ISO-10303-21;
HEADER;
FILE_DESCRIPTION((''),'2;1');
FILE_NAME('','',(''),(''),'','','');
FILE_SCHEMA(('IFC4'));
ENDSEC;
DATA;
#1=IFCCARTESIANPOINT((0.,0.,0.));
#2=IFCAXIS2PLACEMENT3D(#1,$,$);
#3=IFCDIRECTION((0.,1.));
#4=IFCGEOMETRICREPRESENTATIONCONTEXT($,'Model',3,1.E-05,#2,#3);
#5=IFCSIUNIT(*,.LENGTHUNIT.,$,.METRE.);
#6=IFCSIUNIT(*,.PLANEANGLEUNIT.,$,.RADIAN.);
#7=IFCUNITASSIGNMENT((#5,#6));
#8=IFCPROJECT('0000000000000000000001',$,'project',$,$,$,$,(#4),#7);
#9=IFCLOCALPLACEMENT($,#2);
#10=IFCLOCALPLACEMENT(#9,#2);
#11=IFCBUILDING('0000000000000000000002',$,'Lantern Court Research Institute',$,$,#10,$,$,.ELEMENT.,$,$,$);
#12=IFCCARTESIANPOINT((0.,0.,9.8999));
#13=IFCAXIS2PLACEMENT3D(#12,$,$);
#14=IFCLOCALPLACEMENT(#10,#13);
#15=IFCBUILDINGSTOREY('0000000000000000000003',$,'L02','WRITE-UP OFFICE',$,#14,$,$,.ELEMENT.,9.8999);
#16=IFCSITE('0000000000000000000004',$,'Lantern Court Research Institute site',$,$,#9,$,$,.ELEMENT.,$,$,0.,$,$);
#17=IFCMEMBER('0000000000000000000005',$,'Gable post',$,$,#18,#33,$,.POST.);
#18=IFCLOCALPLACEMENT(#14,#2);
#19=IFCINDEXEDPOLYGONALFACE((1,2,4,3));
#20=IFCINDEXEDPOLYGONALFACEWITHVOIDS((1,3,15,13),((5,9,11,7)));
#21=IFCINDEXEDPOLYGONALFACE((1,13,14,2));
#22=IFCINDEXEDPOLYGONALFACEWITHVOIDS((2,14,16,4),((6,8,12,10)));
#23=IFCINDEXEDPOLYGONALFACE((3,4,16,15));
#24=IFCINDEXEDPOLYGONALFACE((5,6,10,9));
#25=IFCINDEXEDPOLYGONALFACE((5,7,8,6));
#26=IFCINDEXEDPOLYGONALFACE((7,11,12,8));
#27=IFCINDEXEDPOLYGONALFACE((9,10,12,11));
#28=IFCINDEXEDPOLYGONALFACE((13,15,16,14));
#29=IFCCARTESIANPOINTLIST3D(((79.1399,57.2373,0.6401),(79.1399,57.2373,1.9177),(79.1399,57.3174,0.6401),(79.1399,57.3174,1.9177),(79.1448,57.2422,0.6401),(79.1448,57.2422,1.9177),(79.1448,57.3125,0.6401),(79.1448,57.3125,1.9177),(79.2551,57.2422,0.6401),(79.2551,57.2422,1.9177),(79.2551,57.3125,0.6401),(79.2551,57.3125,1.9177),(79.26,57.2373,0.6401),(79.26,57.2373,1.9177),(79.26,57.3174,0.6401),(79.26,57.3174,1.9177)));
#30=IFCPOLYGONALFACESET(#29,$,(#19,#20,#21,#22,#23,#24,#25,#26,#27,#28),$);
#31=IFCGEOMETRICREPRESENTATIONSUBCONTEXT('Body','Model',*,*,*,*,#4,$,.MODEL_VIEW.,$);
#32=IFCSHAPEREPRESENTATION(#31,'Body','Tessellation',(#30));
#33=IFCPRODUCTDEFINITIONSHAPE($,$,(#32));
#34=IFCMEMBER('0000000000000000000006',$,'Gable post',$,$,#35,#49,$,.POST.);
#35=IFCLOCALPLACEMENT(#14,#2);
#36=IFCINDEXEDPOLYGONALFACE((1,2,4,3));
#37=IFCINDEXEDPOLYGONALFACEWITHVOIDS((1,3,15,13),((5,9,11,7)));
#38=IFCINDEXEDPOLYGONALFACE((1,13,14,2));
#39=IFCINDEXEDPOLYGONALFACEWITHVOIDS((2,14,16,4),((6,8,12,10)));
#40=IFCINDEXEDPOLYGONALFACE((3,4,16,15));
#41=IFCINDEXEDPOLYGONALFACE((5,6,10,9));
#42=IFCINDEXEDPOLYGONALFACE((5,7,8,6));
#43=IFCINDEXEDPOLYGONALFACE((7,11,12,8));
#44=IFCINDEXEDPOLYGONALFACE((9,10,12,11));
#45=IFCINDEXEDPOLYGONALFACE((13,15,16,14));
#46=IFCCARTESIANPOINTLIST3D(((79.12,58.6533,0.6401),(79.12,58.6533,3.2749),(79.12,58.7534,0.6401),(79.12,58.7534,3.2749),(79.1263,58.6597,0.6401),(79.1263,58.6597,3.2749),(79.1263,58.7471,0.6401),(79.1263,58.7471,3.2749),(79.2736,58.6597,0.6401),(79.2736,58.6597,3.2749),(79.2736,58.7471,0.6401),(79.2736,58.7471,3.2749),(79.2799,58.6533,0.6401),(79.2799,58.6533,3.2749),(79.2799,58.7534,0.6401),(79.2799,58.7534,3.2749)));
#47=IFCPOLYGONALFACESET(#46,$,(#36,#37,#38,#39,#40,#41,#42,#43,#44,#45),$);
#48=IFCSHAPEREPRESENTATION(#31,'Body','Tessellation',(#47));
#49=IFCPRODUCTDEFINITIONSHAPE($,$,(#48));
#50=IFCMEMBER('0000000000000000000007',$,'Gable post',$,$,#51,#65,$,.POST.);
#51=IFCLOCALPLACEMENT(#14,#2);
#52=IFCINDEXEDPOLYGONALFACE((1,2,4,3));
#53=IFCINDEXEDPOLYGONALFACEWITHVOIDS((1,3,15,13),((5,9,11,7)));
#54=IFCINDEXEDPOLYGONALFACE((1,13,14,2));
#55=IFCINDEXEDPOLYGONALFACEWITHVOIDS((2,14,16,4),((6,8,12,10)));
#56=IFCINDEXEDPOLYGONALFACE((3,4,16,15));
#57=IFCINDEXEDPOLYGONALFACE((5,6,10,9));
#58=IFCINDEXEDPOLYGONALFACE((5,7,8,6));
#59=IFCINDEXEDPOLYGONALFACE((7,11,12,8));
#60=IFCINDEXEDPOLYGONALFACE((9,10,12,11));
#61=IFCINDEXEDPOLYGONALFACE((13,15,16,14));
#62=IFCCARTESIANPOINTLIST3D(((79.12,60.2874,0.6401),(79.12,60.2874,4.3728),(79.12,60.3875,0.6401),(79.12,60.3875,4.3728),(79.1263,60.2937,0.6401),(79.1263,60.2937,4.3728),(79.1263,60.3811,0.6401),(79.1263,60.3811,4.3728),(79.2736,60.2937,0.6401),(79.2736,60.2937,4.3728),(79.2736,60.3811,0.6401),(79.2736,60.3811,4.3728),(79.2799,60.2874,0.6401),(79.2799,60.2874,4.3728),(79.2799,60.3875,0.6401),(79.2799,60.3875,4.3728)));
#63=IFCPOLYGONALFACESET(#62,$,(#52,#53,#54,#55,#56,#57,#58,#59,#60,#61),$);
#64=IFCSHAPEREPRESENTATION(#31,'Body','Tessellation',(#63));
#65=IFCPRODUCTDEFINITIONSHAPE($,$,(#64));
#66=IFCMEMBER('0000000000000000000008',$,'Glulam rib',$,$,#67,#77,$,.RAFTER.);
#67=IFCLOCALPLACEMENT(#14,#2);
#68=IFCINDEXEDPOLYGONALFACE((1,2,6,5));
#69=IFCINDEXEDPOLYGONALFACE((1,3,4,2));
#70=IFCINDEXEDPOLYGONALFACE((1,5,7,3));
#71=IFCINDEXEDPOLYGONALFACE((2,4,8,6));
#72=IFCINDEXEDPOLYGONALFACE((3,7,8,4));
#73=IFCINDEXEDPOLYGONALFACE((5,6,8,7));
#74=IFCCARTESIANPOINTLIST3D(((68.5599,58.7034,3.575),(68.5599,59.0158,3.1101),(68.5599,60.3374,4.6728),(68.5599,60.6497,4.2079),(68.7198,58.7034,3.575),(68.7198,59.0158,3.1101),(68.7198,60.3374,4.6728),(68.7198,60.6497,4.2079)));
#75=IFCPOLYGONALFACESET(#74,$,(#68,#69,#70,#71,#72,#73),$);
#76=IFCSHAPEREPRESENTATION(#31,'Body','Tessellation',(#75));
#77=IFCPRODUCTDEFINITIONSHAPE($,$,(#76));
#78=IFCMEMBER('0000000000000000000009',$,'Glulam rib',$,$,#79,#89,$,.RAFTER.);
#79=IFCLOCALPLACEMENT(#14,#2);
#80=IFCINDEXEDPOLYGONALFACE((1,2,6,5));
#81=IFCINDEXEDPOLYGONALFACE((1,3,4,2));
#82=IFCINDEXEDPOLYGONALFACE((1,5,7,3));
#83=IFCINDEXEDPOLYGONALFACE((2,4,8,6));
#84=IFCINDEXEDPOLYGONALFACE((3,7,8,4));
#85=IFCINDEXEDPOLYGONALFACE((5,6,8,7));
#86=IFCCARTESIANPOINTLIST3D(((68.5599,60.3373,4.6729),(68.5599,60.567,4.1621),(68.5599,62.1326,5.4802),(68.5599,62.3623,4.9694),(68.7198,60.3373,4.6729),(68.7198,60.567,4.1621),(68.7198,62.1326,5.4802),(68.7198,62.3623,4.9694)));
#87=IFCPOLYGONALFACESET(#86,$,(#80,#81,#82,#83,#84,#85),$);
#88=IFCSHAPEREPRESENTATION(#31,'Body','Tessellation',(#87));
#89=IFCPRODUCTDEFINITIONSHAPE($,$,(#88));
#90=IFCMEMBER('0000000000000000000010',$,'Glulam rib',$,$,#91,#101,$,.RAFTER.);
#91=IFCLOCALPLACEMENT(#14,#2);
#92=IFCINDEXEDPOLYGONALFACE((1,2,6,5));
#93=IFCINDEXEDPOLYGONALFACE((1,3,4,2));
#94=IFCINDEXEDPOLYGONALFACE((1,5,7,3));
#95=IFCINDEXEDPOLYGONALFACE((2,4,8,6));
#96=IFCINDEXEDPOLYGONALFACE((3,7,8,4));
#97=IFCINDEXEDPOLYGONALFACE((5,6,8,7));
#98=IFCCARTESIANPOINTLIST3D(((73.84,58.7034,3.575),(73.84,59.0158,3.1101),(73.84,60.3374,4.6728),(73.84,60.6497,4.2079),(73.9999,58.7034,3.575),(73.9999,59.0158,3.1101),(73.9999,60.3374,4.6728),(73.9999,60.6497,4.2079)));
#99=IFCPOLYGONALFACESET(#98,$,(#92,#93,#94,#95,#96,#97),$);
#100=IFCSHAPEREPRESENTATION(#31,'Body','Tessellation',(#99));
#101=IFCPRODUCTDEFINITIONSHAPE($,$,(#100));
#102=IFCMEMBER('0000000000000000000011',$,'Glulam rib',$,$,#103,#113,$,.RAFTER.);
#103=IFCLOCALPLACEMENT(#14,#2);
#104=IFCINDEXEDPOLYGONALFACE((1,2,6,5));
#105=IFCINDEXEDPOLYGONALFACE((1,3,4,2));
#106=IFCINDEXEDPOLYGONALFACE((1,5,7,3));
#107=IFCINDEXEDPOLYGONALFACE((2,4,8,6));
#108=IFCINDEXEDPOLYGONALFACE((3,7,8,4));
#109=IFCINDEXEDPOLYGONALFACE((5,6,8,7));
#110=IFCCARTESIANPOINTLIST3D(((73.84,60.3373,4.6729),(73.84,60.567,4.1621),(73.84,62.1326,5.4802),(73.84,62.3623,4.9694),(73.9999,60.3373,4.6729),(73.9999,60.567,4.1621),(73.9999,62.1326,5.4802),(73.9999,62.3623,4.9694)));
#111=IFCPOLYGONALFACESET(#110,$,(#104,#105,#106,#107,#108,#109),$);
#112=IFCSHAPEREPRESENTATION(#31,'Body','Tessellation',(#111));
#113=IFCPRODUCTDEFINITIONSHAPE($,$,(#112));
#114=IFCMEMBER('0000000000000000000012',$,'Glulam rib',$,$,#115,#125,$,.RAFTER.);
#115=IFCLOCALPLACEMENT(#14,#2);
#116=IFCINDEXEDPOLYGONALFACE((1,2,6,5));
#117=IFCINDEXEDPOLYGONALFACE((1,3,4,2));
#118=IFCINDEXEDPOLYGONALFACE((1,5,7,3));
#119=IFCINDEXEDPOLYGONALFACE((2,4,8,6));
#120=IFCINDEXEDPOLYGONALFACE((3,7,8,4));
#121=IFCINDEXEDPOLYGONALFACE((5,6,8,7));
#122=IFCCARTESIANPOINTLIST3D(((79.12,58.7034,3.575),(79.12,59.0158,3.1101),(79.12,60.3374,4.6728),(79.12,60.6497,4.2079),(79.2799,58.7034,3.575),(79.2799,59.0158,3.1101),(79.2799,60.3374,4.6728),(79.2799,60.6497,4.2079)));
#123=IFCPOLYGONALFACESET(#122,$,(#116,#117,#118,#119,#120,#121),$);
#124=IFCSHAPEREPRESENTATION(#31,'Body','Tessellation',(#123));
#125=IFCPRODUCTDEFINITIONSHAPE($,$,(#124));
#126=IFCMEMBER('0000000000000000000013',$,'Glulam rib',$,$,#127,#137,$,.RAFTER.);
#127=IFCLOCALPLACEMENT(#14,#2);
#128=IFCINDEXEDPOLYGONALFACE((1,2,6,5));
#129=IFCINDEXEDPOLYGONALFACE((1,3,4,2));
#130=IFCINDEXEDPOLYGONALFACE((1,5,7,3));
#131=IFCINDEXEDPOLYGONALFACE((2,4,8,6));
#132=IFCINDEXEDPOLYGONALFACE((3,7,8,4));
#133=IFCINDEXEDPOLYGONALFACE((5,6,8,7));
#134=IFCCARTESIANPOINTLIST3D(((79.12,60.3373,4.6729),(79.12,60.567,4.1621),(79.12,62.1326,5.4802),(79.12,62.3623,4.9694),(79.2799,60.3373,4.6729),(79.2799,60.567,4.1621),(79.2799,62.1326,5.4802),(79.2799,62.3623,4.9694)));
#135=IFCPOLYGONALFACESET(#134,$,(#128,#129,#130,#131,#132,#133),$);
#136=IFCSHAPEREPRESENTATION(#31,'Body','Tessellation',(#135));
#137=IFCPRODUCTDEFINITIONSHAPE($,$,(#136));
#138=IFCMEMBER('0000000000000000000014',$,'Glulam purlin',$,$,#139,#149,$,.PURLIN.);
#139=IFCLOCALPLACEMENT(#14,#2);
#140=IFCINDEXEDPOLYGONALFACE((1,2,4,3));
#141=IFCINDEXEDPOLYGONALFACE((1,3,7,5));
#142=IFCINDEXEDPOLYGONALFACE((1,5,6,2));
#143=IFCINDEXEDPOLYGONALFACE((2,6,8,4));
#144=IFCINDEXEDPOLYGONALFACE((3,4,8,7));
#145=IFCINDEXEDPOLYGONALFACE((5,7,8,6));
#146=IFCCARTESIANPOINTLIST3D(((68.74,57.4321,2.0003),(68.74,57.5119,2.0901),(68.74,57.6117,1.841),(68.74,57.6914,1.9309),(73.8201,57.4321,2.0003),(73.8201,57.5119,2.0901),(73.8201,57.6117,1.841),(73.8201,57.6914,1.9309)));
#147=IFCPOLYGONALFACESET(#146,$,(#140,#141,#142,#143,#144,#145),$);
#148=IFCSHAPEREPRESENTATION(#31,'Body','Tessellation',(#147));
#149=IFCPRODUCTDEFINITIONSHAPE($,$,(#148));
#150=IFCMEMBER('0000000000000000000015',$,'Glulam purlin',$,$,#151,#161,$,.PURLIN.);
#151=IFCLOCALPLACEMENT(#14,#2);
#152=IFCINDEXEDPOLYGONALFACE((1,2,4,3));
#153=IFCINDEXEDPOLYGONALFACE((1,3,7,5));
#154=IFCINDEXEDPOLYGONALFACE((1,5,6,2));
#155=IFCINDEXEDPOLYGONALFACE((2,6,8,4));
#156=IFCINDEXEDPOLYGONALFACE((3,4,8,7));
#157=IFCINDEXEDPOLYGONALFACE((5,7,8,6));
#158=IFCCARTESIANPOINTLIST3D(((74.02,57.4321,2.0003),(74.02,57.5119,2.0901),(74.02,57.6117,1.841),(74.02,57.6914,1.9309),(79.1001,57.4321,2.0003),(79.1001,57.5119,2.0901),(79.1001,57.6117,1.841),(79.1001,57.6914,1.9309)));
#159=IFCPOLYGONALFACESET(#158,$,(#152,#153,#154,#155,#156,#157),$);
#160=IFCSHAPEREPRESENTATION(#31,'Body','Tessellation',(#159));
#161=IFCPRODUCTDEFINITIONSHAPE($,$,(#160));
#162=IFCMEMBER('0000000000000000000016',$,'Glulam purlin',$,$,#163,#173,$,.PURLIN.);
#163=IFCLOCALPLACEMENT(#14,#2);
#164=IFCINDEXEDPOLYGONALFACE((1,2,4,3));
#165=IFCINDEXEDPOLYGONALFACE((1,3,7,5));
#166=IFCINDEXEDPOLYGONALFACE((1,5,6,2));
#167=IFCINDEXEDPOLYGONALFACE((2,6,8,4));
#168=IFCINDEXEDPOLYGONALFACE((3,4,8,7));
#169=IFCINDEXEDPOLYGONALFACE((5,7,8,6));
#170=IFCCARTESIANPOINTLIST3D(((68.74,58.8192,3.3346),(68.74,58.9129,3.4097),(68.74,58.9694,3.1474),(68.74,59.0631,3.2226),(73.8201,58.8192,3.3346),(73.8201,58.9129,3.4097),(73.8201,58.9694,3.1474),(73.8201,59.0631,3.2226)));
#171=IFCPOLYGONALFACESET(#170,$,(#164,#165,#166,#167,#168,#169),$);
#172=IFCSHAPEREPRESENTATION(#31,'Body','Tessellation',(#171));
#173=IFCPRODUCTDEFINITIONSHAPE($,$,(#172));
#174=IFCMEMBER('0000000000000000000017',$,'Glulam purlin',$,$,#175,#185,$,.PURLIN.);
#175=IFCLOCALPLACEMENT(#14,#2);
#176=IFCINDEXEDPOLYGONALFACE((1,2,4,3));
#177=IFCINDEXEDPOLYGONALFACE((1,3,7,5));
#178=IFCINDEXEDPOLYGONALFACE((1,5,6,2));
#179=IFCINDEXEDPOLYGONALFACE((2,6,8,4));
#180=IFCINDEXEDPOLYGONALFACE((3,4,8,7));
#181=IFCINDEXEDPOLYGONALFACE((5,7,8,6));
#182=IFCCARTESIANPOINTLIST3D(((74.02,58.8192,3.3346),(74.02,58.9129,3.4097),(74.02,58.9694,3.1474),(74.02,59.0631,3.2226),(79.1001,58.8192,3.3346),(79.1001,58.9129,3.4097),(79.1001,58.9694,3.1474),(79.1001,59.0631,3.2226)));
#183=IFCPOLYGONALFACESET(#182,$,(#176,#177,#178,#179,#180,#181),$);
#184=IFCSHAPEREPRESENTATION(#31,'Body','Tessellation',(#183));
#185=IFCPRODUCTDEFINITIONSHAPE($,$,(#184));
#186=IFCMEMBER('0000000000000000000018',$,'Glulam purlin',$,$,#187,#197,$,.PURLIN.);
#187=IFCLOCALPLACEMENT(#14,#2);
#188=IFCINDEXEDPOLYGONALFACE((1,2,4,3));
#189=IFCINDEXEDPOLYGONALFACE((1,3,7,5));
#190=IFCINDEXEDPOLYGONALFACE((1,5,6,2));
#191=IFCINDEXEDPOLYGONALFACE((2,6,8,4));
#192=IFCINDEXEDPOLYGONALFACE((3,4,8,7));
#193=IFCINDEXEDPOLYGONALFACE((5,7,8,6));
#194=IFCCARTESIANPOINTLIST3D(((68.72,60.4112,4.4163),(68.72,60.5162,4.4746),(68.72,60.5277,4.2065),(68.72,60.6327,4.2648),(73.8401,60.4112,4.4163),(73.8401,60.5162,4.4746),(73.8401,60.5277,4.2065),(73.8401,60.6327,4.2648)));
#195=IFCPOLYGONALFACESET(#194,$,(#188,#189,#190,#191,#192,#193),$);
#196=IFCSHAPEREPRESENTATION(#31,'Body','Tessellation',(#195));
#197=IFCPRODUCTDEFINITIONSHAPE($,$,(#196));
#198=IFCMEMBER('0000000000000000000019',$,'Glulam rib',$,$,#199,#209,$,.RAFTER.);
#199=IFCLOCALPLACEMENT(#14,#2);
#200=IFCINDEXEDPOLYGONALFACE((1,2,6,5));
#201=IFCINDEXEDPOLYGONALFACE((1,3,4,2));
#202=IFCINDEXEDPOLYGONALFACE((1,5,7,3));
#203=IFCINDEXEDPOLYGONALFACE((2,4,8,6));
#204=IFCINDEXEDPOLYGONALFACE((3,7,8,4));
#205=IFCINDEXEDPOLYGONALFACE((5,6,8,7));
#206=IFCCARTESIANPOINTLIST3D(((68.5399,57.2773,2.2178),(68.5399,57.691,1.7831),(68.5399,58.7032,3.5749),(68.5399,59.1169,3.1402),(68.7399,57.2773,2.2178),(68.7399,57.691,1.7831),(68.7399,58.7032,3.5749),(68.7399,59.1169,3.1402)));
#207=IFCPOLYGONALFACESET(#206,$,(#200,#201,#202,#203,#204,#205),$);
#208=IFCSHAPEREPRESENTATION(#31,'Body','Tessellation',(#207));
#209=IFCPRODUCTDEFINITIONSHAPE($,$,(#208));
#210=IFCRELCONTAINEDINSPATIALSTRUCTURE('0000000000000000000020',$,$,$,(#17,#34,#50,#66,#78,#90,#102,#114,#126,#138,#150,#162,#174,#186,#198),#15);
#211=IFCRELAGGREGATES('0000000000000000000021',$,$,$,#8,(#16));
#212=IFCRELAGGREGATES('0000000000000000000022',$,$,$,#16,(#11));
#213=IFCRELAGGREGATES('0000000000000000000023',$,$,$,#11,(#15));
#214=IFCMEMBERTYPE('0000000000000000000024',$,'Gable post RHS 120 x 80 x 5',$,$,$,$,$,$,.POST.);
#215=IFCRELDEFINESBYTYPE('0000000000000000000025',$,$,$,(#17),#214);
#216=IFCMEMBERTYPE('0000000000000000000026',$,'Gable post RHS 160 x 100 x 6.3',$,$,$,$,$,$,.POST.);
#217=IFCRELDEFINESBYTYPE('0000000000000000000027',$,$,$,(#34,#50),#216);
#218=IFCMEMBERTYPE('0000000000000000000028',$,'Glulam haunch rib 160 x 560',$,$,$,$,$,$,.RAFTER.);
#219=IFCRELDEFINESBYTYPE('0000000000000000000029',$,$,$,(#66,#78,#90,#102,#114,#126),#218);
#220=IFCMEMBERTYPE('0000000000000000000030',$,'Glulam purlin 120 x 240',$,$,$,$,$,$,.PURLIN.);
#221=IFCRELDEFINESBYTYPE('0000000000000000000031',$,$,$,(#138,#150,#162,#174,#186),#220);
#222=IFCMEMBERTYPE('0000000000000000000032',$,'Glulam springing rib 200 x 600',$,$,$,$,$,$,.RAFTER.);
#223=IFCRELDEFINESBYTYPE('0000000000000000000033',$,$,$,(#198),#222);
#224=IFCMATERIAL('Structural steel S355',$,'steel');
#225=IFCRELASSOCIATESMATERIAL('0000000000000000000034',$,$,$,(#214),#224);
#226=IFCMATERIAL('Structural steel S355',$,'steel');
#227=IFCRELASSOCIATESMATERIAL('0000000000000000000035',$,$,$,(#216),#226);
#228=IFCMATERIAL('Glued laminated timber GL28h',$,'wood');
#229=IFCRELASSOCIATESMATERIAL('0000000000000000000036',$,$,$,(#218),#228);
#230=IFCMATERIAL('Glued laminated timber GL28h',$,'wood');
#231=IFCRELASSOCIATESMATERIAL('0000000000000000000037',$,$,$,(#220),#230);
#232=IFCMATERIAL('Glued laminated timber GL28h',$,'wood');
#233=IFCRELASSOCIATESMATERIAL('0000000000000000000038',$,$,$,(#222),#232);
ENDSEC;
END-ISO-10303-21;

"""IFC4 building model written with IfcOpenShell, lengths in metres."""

from ifc_helpers import new_model, si_unit, direction, frame, origin, origin_2d, place, context, subcontext, project, spatial, rectangle, hollow_rectangle, extrude, material, material_profile, profile_set, type_object, element, save


model = new_model("IFC4")

# Units and contexts
model_context = context("Model", 3, precision=1e-05, world=origin(), true_north=direction((0.0, 1.0)))
body_context = subcontext(model_context, "Body", "Model", "MODEL_VIEW")
ifc_project = project(units=[si_unit("LENGTHUNIT", "METRE"), si_unit("PLANEANGLEUNIT", "RADIAN")], contexts=[model_context])

# Site, building, storey
site_placement = place(None, origin())
site = spatial("IfcSite", under=ifc_project, at=site_placement, Name="Lantern Court Research Institute site", CompositionType="ELEMENT", RefElevation=0.0)
building_placement = place(site_placement, origin())
building = spatial("IfcBuilding", under=site, at=building_placement, Name="Lantern Court Research Institute", CompositionType="ELEMENT")
storey_placement = place(building_placement, frame((0.0, 0.0, 9.8999)))
storey = spatial("IfcBuildingStorey", under=building, at=storey_placement, Name="L02", Description="WRITE-UP OFFICE", CompositionType="ELEMENT", Elevation=9.8999)

# Members
ifc_material_1 = material(Name="Structural steel S355", Category="steel")
ifc_material_profile_1 = material_profile(ifc_material_1, hollow_rectangle(XDim=0.1201, YDim=0.0801, WallThickness=0.0049, at=origin_2d()), Name="Gable post RHS 120 x 80 x 5")
ifc_profile_set_1 = profile_set([ifc_material_profile_1], Name="Structural steel S355")
member_type_1 = type_object("IfcMemberType", Name="Gable post RHS 120 x 80 x 5", PredefinedType="POST", material=ifc_profile_set_1)
member_1_placement = place(storey_placement, frame((79.2, 57.2773, 0.6401), z_axis=(0.0, 0.0, 1.0), x_axis=(1.0, 0.0, 0.0)))
element("IfcMember", 1, at=member_1_placement, inside=storey, type_object=member_type_1, Name="Gable post", PredefinedType="POST", context=body_context, shape_type="SweptSolid", body=[
    extrude(hollow_rectangle(XDim=0.1201, YDim=0.0801, WallThickness=0.0049, at=origin_2d()), origin(), (0.0, 0.0, 1.0), 1.2776),
])
ifc_material_2 = material(Name="Structural steel S355", Category="steel")
ifc_material_profile_2 = material_profile(ifc_material_2, hollow_rectangle(XDim=0.1599, YDim=0.1001, WallThickness=0.0063, at=origin_2d()), Name="Gable post RHS 160 x 100 x 6.3")
ifc_profile_set_2 = profile_set([ifc_material_profile_2], Name="Structural steel S355")
member_type_2 = type_object("IfcMemberType", Name="Gable post RHS 160 x 100 x 6.3", PredefinedType="POST", material=ifc_profile_set_2)
member_2_placement = place(storey_placement, frame((79.2, 58.7034, 0.6401), z_axis=(0.0, 0.0, 1.0), x_axis=(1.0, 0.0, 0.0)))
element("IfcMember", 2, at=member_2_placement, inside=storey, type_object=member_type_2, Name="Gable post", PredefinedType="POST", context=body_context, shape_type="SweptSolid", body=[
    extrude(hollow_rectangle(XDim=0.1599, YDim=0.1001, WallThickness=0.0063, at=origin_2d()), origin(), (0.0, 0.0, 1.0), 2.6348),
])
member_3_placement = place(storey_placement, frame((79.2, 60.3374, 0.6401), z_axis=(0.0, 0.0, 1.0), x_axis=(1.0, 0.0, 0.0)))
element("IfcMember", 3, at=member_3_placement, inside=storey, type_object=member_type_2, Name="Gable post", PredefinedType="POST", context=body_context, shape_type="SweptSolid", body=[
    extrude(hollow_rectangle(XDim=0.1599, YDim=0.1001, WallThickness=0.0063, at=origin_2d()), origin(), (0.0, 0.0, 1.0), 3.7327),
])
ifc_material_3 = material(Name="Glued laminated timber GL28h", Category="wood")
ifc_material_profile_3 = material_profile(ifc_material_3, rectangle(XDim=0.1599, YDim=0.5601, at=origin_2d()), Name="Glulam haunch rib 160 x 560")
ifc_profile_set_3 = profile_set([ifc_material_profile_3], Name="Glued laminated timber GL28h")
member_type_3 = type_object("IfcMemberType", Name="Glulam haunch rib 160 x 560", PredefinedType="RAFTER", material=ifc_profile_set_3)
for number, where, z_axis, x_axis, name in (
    (4, (68.6399, 58.8596, 3.3425), (0.0, 0.830042, 0.557702), (-1.0, 0.0, 0.0), "Glulam rib"),
    (5, (68.6399, 60.4521, 4.4175), (0.0, 0.912028, 0.410127), (-1.0, 0.0, 0.0), "Glulam rib"),
    (6, (73.9199, 58.8596, 3.3425), (0.0, 0.830042, 0.557702), (-1.0, 0.0, 0.0), "Glulam rib"),
    (7, (73.9199, 60.4521, 4.4175), (0.0, 0.912028, 0.410127), (-1.0, 0.0, 0.0), "Glulam rib"),
    (8, (79.2, 58.8596, 3.3425), (0.0, 0.830042, 0.557702), (-1.0, 0.0, 0.0), "Glulam rib"),
    (9, (79.2, 60.4521, 4.4175), (0.0, 0.912028, 0.410127), (-1.0, 0.0, 0.0), "Glulam rib"),
):
    element("IfcMember", number, at=place(storey_placement, frame(where, z_axis=z_axis, x_axis=x_axis)), inside=storey, type_object=member_type_3, Name=name, PredefinedType="RAFTER", context=body_context, shape_type="SweptSolid", body=[
        extrude(rectangle(XDim=0.1599, YDim=0.5601, at=origin_2d()), origin(), (0.0, 0.0, 1.0), 1.9685),
    ])
ifc_material_4 = material(Name="Glued laminated timber GL28h", Category="wood")
ifc_material_profile_4 = material_profile(ifc_material_4, rectangle(XDim=0.1201, YDim=0.24, at=origin_2d()), Name="Glulam purlin 120 x 240")
ifc_profile_set_4 = profile_set([ifc_material_profile_4], Name="Glued laminated timber GL28h")
member_type_4 = type_object("IfcMemberType", Name="Glulam purlin 120 x 240", PredefinedType="PURLIN", material=ifc_profile_set_4)
for number, where, z_axis, x_axis, name in (
    (10, (68.74, 57.5618, 1.9656), (1.0, 0.0, 0.0), (0.0, 0.663608, 0.74808), "Glulam purlin"),
    (11, (74.02, 57.5618, 1.9656), (1.0, 0.0, 0.0), (0.0, 0.663608, 0.74808), "Glulam purlin"),
    (12, (68.74, 58.9412, 3.2786), (1.0, 0.0, 0.0), (0.0, 0.779999, 0.62578), "Glulam purlin"),
    (13, (74.02, 58.9412, 3.2786), (1.0, 0.0, 0.0), (0.0, 0.779999, 0.62578), "Glulam purlin"),
):
    element("IfcMember", number, at=place(storey_placement, frame(where, z_axis=z_axis, x_axis=x_axis)), inside=storey, type_object=member_type_4, Name=name, PredefinedType="PURLIN", context=body_context, shape_type="SweptSolid", body=[
        extrude(rectangle(XDim=0.1201, YDim=0.24, at=origin_2d()), origin(), (0.0, 0.0, 1.0), 5.0801),
    ])
member_4_placement = place(storey_placement, frame((68.72, 60.522, 4.3406), z_axis=(1.0, 0.0, 0.0), x_axis=(0.0, 0.874157, 0.485643)))
element("IfcMember", 14, at=member_4_placement, inside=storey, type_object=member_type_4, Name="Glulam purlin", PredefinedType="PURLIN", context=body_context, shape_type="SweptSolid", body=[
    extrude(rectangle(XDim=0.1201, YDim=0.24, at=origin_2d()), origin(), (0.0, 0.0, 1.0), 5.1201),
])
ifc_material_5 = material(Name="Glued laminated timber GL28h", Category="wood")
ifc_material_profile_5 = material_profile(ifc_material_5, rectangle(XDim=0.2, YDim=0.6001, at=origin_2d()), Name="Glulam springing rib 200 x 600")
ifc_profile_set_5 = profile_set([ifc_material_profile_5], Name="Glued laminated timber GL28h")
member_type_5 = type_object("IfcMemberType", Name="Glulam springing rib 200 x 600", PredefinedType="RAFTER", material=ifc_profile_set_5)
for number, where, z_axis, x_axis, name in (
    (15, (68.6399, 57.4841, 2.0005), (0.0, 0.724377, 0.689404), (-1.0, 0.0, 0.0), "Glulam rib"),
):
    element("IfcMember", number, at=place(storey_placement, frame(where, z_axis=z_axis, x_axis=x_axis)), inside=storey, type_object=member_type_5, Name=name, PredefinedType="RAFTER", context=body_context, shape_type="SweptSolid", body=[
        extrude(rectangle(XDim=0.2, YDim=0.6001, at=origin_2d()), origin(), (0.0, 0.0, 1.0), 1.9685),
    ])

save(model, "model.ifc")
